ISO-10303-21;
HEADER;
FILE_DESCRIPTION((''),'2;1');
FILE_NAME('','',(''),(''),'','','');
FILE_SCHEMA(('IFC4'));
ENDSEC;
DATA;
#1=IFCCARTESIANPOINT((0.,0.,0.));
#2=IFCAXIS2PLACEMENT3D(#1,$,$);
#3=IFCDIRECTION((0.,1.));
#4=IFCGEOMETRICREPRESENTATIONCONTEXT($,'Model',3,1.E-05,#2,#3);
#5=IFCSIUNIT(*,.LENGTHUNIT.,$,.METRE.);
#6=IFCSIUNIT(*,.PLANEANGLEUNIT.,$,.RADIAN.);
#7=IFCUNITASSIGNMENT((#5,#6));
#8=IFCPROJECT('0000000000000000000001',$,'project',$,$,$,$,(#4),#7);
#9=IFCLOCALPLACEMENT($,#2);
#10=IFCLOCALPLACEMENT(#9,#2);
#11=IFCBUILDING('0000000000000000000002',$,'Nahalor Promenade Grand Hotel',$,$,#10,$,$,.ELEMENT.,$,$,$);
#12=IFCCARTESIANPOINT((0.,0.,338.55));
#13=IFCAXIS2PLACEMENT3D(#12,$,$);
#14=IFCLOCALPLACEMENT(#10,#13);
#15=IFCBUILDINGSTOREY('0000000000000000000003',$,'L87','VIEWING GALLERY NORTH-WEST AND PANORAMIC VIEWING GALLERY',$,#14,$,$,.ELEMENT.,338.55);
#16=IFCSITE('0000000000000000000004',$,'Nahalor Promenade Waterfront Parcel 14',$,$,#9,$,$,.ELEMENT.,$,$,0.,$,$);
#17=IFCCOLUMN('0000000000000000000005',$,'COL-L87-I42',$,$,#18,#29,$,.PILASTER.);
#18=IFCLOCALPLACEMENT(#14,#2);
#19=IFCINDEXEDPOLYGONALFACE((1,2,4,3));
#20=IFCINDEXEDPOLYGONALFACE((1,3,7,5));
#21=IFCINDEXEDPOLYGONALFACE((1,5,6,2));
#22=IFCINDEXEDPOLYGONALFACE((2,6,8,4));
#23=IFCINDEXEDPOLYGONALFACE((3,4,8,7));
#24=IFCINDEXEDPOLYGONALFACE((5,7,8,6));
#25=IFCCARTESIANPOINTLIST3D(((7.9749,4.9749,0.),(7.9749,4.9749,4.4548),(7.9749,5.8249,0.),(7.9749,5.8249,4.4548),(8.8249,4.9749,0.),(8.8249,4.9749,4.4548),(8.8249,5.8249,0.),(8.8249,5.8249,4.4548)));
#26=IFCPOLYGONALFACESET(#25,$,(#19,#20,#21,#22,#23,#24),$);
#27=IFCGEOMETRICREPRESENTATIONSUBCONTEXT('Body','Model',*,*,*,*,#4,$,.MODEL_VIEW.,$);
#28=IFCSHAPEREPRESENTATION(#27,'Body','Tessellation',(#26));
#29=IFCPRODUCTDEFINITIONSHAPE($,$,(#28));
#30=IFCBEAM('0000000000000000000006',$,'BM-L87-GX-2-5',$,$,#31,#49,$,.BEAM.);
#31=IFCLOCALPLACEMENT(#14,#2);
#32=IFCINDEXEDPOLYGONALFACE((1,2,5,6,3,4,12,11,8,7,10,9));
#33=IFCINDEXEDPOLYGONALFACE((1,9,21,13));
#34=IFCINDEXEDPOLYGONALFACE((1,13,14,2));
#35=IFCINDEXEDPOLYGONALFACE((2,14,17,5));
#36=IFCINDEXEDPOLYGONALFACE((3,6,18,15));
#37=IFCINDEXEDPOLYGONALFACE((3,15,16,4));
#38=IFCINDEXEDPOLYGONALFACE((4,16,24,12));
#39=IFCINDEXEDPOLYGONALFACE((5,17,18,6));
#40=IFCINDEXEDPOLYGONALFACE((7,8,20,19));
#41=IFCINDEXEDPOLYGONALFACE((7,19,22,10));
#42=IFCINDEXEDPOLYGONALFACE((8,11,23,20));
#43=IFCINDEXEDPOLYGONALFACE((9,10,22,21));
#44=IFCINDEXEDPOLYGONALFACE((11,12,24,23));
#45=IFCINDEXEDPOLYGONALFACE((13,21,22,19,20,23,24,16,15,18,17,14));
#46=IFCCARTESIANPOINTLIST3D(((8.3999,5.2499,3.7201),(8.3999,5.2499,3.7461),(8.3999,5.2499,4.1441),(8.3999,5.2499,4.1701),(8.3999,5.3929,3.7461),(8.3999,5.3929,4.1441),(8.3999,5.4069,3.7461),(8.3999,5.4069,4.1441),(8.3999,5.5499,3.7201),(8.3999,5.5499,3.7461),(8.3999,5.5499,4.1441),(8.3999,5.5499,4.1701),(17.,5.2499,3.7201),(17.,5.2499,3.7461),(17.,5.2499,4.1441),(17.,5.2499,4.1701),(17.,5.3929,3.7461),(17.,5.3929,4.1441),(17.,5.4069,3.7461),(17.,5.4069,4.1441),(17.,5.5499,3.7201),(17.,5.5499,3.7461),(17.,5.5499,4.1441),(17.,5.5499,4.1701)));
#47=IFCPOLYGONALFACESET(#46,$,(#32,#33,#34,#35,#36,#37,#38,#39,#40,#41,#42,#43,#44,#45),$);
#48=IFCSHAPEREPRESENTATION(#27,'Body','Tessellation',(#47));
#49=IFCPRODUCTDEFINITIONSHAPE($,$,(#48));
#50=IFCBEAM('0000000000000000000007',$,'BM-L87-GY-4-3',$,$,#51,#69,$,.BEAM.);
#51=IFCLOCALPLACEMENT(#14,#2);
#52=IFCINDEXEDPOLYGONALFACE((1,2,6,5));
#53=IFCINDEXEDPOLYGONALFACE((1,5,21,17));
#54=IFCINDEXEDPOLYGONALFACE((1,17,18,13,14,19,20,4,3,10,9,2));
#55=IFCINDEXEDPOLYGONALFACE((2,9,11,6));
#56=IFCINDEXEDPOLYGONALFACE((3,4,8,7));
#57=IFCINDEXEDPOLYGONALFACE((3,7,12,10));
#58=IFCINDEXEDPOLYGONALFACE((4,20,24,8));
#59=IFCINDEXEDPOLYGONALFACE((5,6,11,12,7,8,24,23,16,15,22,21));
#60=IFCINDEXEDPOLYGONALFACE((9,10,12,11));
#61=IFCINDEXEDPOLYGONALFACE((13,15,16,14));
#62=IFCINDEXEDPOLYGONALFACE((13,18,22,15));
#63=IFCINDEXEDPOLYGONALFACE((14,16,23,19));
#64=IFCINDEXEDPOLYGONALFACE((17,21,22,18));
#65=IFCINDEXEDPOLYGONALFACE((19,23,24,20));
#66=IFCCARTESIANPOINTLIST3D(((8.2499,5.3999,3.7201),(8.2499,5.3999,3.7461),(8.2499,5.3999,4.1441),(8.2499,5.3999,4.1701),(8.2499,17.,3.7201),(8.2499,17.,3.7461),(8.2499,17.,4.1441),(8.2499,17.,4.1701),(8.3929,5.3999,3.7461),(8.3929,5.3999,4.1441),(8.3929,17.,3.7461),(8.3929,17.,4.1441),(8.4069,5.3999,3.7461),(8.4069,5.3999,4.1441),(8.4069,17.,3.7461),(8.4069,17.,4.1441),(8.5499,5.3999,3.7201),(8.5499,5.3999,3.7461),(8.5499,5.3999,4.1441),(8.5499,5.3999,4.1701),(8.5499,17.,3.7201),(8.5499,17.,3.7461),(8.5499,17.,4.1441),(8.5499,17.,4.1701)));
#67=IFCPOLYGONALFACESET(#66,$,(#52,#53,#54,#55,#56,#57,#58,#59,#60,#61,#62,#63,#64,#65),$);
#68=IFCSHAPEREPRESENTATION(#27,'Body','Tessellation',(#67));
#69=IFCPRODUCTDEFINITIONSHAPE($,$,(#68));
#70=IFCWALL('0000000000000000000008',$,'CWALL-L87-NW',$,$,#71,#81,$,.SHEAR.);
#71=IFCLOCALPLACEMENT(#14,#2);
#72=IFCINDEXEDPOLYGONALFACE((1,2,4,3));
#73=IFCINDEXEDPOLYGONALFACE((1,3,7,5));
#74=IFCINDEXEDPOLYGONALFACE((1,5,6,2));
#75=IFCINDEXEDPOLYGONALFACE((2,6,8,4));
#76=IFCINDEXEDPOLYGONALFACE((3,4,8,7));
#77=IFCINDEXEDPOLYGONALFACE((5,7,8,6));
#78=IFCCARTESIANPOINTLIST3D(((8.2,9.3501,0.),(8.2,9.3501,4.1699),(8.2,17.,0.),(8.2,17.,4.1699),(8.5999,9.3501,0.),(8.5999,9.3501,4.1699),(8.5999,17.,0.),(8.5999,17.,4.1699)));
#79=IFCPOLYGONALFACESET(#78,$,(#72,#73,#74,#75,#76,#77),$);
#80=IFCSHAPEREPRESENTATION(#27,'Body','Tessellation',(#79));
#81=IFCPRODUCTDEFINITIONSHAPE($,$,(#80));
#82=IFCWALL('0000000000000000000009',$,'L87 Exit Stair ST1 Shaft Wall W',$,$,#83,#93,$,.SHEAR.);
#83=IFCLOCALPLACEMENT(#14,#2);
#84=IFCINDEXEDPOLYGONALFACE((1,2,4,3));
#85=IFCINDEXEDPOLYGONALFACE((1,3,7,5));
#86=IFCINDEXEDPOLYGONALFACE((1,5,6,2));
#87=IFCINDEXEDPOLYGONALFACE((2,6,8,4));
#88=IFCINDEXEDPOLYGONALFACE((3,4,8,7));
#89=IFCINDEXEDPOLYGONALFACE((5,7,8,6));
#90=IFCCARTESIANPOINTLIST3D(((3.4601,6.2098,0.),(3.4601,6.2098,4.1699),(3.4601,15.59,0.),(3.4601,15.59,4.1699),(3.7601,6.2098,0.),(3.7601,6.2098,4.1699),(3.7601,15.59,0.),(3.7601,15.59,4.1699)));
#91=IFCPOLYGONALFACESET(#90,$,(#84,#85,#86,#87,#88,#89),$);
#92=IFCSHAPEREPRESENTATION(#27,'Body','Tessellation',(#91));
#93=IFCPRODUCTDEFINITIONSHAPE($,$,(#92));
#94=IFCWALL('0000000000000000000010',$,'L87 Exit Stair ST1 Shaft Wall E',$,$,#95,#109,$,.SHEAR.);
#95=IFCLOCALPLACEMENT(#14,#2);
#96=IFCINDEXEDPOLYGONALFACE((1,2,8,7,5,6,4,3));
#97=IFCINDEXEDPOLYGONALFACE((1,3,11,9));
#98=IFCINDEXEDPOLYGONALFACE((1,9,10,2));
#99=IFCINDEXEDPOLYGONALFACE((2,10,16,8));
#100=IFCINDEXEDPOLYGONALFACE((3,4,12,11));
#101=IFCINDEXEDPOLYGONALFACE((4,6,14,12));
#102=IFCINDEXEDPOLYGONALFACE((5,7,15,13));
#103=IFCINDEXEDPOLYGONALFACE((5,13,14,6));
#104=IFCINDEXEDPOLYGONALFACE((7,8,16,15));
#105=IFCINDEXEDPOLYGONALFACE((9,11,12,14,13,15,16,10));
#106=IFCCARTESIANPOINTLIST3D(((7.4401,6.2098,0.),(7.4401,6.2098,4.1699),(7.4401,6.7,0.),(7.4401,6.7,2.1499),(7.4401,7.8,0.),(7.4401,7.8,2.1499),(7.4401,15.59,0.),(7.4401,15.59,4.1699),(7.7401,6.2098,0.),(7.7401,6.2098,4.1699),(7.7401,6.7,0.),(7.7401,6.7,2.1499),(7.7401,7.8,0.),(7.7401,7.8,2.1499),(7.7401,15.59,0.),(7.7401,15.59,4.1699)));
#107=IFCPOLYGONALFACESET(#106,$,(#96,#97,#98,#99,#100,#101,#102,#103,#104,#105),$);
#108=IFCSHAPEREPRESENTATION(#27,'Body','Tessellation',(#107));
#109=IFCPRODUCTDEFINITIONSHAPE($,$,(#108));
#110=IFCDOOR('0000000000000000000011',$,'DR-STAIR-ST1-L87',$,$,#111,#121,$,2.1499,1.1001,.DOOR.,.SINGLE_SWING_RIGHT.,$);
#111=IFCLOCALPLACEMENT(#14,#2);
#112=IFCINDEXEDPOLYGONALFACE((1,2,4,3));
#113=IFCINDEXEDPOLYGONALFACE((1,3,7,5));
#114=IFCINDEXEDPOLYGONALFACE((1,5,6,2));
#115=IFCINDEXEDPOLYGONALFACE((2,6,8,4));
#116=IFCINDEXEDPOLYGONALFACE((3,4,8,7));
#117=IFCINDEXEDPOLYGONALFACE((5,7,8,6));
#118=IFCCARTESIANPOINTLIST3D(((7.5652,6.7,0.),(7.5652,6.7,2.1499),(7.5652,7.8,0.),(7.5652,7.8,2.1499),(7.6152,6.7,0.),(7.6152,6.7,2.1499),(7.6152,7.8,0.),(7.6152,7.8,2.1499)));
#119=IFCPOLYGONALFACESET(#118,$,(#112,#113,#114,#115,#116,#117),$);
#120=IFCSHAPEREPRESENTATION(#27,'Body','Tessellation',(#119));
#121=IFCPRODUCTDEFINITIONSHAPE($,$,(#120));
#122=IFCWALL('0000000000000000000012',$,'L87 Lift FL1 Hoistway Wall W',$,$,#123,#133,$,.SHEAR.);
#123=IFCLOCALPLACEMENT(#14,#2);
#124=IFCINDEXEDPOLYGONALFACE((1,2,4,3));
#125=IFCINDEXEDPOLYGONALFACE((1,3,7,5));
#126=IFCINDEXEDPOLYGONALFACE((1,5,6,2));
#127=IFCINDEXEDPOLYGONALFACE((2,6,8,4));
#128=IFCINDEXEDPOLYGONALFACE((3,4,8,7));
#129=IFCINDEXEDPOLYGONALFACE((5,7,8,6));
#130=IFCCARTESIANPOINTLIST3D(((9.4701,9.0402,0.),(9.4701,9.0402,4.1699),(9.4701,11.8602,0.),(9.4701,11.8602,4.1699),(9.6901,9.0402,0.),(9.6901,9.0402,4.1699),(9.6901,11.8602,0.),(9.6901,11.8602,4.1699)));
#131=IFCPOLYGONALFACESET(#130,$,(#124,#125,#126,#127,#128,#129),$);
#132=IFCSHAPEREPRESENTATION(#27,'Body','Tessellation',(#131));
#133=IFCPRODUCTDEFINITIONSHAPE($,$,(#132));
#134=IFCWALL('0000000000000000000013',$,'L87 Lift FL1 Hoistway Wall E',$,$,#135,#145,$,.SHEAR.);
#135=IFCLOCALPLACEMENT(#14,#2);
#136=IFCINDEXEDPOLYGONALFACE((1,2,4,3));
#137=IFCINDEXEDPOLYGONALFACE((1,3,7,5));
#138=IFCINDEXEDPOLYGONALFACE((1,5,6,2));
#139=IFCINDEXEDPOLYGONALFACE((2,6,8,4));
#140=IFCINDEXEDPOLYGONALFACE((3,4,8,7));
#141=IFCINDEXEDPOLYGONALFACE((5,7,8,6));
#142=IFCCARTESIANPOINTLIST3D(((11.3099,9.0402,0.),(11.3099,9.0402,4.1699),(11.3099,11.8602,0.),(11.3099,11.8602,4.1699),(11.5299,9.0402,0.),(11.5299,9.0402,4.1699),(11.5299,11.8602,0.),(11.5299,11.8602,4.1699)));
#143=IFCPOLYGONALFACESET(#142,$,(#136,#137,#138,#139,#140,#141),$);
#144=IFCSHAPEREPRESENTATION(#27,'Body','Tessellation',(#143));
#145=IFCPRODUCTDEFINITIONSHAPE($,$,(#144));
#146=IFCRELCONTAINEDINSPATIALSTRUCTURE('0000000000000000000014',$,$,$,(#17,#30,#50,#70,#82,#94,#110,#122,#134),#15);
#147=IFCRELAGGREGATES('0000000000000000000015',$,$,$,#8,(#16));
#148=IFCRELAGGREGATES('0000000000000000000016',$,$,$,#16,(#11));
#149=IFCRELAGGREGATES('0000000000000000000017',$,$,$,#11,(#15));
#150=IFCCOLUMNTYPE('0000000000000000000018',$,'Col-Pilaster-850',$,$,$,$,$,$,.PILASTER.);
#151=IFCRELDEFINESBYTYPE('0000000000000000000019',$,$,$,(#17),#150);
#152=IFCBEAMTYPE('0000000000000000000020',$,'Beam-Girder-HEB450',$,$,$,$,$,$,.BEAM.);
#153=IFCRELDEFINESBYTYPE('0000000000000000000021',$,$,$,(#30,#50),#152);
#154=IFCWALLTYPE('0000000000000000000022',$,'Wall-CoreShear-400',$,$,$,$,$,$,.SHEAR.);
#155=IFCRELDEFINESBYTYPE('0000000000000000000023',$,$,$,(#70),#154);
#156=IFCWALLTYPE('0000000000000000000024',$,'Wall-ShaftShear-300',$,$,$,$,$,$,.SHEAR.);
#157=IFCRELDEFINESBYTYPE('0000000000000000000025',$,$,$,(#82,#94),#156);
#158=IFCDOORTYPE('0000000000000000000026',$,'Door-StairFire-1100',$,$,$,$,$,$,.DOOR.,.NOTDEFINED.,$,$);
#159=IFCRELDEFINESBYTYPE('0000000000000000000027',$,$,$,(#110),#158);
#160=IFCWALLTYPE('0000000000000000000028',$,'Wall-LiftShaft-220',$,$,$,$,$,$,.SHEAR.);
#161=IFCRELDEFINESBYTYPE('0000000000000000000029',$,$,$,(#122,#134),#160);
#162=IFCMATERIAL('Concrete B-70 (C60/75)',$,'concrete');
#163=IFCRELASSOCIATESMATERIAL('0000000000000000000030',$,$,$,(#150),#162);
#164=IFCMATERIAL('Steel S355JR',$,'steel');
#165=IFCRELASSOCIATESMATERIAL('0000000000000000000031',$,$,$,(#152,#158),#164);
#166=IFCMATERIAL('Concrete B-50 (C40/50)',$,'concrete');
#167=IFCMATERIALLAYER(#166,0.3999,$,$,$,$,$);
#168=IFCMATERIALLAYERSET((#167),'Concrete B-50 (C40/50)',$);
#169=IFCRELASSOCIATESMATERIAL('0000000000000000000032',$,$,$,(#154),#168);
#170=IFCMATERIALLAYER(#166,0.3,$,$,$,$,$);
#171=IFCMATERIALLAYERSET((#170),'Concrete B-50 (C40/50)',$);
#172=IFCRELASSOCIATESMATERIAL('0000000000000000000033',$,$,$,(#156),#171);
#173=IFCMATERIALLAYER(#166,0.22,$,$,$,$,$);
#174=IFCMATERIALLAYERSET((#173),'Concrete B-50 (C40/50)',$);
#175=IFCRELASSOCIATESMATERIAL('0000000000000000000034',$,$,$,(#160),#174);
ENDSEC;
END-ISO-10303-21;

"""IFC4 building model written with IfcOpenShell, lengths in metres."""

from ifc_helpers import new_model, si_unit, direction, frame, frame_2d, origin, origin_2d, place, context, subcontext, project, spatial, rectangle, i_section, extrude, source, transform, mapped, material, layer, layer_set, material_profile, profile_set, type_object, element, fill, save


model = new_model("IFC4")

# Units and contexts
model_context = context("Model", 3, precision=1e-05, world=origin(), true_north=direction((0.0, 1.0)))
body_context = subcontext(model_context, "Body", "Model", "MODEL_VIEW")
ifc_project = project(units=[si_unit("LENGTHUNIT", "METRE"), si_unit("PLANEANGLEUNIT", "RADIAN")], contexts=[model_context])

# Site, building, storey
site_placement = place(None, origin())
site = spatial("IfcSite", under=ifc_project, at=site_placement, Name="Nahalor Promenade Waterfront Parcel 14", CompositionType="ELEMENT", RefElevation=0.0)
building_placement = place(site_placement, origin())
building = spatial("IfcBuilding", under=site, at=building_placement, Name="Nahalor Promenade Grand Hotel", CompositionType="ELEMENT")
storey_placement = place(building_placement, frame((0.0, 0.0, 338.55)))
storey = spatial("IfcBuildingStorey", under=building, at=storey_placement, Name="L87", Description="VIEWING GALLERY NORTH-WEST AND PANORAMIC VIEWING GALLERY", CompositionType="ELEMENT", Elevation=338.55)

# Column
ifc_material_1 = material(Name="Concrete B-70 (C60/75)", Category="concrete")
ifc_material_profile_1 = material_profile(ifc_material_1, rectangle(XDim=0.85, YDim=0.85, at=origin_2d()), Name="RC 850x850")
ifc_profile_set_1 = profile_set([ifc_material_profile_1], Name="Concrete B-70 (C60/75)")
column_type = type_object("IfcColumnType", Name="Col-Pilaster-850", PredefinedType="PILASTER", material=ifc_profile_set_1)
shared_shape_1 = source(origin(), body_context, "Body", "SweptSolid", [
    extrude(rectangle(XDim=0.85, YDim=0.85, at=origin_2d()), origin(), (0.0, 0.0, 1.0), 4.4548),
])
column_placement = place(storey_placement, frame((8.3999, 5.3999, 0.0), z_axis=(0.0, 0.0, 1.0), x_axis=(1.0, 0.0, 0.0)))
element("IfcColumn", 1, at=column_placement, inside=storey, type_object=column_type, Name="COL-L87-I42", PredefinedType="PILASTER", context=body_context, shape_type="MappedRepresentation", body=[
    mapped(shared_shape_1, transform((0.0, 0.0, 0.0), scale=1.0)),
])

# Beams
ifc_material_2 = material(Name="Steel S355JR", Category="steel")
ifc_material_profile_2 = material_profile(ifc_material_2, i_section(OverallWidth=0.3, OverallDepth=0.45, WebThickness=0.014, FlangeThickness=0.026, at=origin_2d()), Name="HEB 450")
ifc_profile_set_2 = profile_set([ifc_material_profile_2], Name="Steel S355JR")
beam_type = type_object("IfcBeamType", Name="Beam-Girder-HEB450", PredefinedType="BEAM", material=ifc_profile_set_2)
shared_shape_2 = source(origin(), body_context, "Body", "SweptSolid", [
    extrude(i_section(OverallWidth=0.3, OverallDepth=0.45, WebThickness=0.014, FlangeThickness=0.026, at=origin_2d()), origin(), (0.0, 0.0, 1.0), 8.6001),
])
beam_1_placement = place(storey_placement, frame((8.3999, 5.3999, 3.9451), z_axis=(1.0, 0.0, 0.0), x_axis=(0.0, 1.0, 0.0)))
element("IfcBeam", 2, at=beam_1_placement, inside=storey, type_object=beam_type, Name="BM-L87-GX-2-5", PredefinedType="BEAM", context=body_context, shape_type="MappedRepresentation", body=[
    mapped(shared_shape_2, transform((0.0, 0.0, 0.0), scale=1.0)),
])
shared_shape_3 = source(origin(), body_context, "Body", "SweptSolid", [
    extrude(i_section(OverallWidth=0.3, OverallDepth=0.45, WebThickness=0.014, FlangeThickness=0.026, at=origin_2d()), origin(), (0.0, 0.0, 1.0), 11.6001),
])
beam_2_placement = place(storey_placement, frame((8.3999, 5.3999, 3.9451), z_axis=(0.0, 1.0, 0.0), x_axis=(-1.0, 0.0, 0.0)))
element("IfcBeam", 3, at=beam_2_placement, inside=storey, type_object=beam_type, Name="BM-L87-GY-4-3", PredefinedType="BEAM", context=body_context, shape_type="MappedRepresentation", body=[
    mapped(shared_shape_3, transform((0.0, 0.0, 0.0), scale=1.0)),
])

# Walls
ifc_material_3 = material(Name="Concrete B-50 (C40/50)", Category="concrete")
ifc_layer_1 = layer(ifc_material_3, 0.3999)
ifc_layer_set_1 = layer_set([ifc_layer_1], Name="Concrete B-50 (C40/50)")
wall_type_1 = type_object("IfcWallType", Name="Wall-CoreShear-400", PredefinedType="SHEAR", material=ifc_layer_set_1)
shared_shape_4 = source(origin(), body_context, "Body", "SweptSolid", [
    extrude(rectangle(XDim=7.6499, YDim=0.3999, at=frame_2d((3.825, 0.0))), origin(), (0.0, 0.0, 1.0), 4.1699),
])
wall_1_placement = place(storey_placement, frame((8.3999, 9.3501, 0.0), z_axis=(0.0, 0.0, 1.0), x_axis=(0.0, 1.0, 0.0)))
element("IfcWall", 4, at=wall_1_placement, inside=storey, type_object=wall_type_1, Name="CWALL-L87-NW", PredefinedType="SHEAR", context=body_context, shape_type="MappedRepresentation", body=[
    mapped(shared_shape_4, transform((0.0, 0.0, 0.0), scale=1.0)),
])
ifc_layer_2 = layer(ifc_material_3, 0.3)
ifc_layer_set_2 = layer_set([ifc_layer_2], Name="Concrete B-50 (C40/50)")
wall_type_2 = type_object("IfcWallType", Name="Wall-ShaftShear-300", PredefinedType="SHEAR", material=ifc_layer_set_2)
shared_shape_5 = source(origin(), body_context, "Body", "SweptSolid", [
    extrude(rectangle(XDim=9.3801, YDim=0.3, at=frame_2d((4.6899, 0.0))), origin(), (0.0, 0.0, 1.0), 4.1699),
])
wall_2_placement = place(storey_placement, frame((3.6101, 6.21, 0.0), z_axis=(0.0, 0.0, 1.0), x_axis=(0.0, 1.0, 0.0)))
element("IfcWall", 5, at=wall_2_placement, inside=storey, type_object=wall_type_2, Name="L87 Exit Stair ST1 Shaft Wall W", PredefinedType="SHEAR", context=body_context, shape_type="MappedRepresentation", body=[
    mapped(shared_shape_5, transform((0.0, 0.0, 0.0), scale=1.0)),
])

# Wall, opening, door
wall_3_placement = place(storey_placement, frame((7.5901, 6.21, 0.0), z_axis=(0.0, 0.0, 1.0), x_axis=(0.0, 1.0, 0.0)))
wall_3 = element("IfcWall", 6, at=wall_3_placement, inside=storey, type_object=wall_type_2, Name="L87 Exit Stair ST1 Shaft Wall E", PredefinedType="SHEAR", context=body_context, shape_type="MappedRepresentation", body=[
    mapped(shared_shape_5, transform((0.0, 0.0, 0.0), scale=1.0)),
])
opening_1_placement = place(wall_3_placement, frame((0.49, 0.0, 0.0)))
opening_1 = element("IfcOpeningElement", 7, at=opening_1_placement, cuts=wall_3, PredefinedType="OPENING", context=body_context, shape_type="SweptSolid", body=[
    extrude(rectangle(XDim=1.1001, YDim=2.1499, at=frame_2d((0.55, 1.075))), frame((0.0, 0.1599, 0.0), z_axis=(0.0, -1.0, 0.0), x_axis=(1.0, 0.0, 0.0)), (0.0, 0.0, 1.0), 0.3201),
])
door_type_1 = type_object("IfcDoorType", Name="Door-StairFire-1100", OperationType="NOTDEFINED", PredefinedType="DOOR", material=ifc_material_2)
shared_shape_6 = source(origin(), body_context, "Body", "SweptSolid", [
    extrude(rectangle(XDim=1.1001, YDim=2.1499, at=frame_2d((0.55, 1.075))), frame((0.0, 0.0249, 0.0), z_axis=(0.0, -1.0, 0.0), x_axis=(1.0, 0.0, 0.0)), (0.0, 0.0, 1.0), 0.05),
])
door_1_placement = place(opening_1_placement, origin())
door_1 = element("IfcDoor", 8, at=door_1_placement, inside=storey, type_object=door_type_1, Name="DR-STAIR-ST1-L87", OperationType="SINGLE_SWING_RIGHT", OverallHeight=2.1499, OverallWidth=1.1001, PredefinedType="DOOR", context=body_context, shape_type="MappedRepresentation", body=[
    mapped(shared_shape_6, transform((0.0, 0.0, 0.0), scale=1.0)),
])
fill(opening_1, door_1)

# Walls
ifc_layer_3 = layer(ifc_material_3, 0.22)
ifc_layer_set_3 = layer_set([ifc_layer_3], Name="Concrete B-50 (C40/50)")
wall_type_3 = type_object("IfcWallType", Name="Wall-LiftShaft-220", PredefinedType="SHEAR", material=ifc_layer_set_3)
shared_shape_7 = source(origin(), body_context, "Body", "SweptSolid", [
    extrude(rectangle(XDim=2.8201, YDim=0.22, at=frame_2d((1.4102, 0.0))), origin(), (0.0, 0.0, 1.0), 4.1699),
])
for number, where, z_axis, x_axis, name in (
    (9, (9.5801, 9.04, 0.0), (0.0, 0.0, 1.0), (0.0, 1.0, 0.0), "L87 Lift FL1 Hoistway Wall W"),
    (10, (11.4199, 9.04, 0.0), (0.0, 0.0, 1.0), (0.0, 1.0, 0.0), "L87 Lift FL1 Hoistway Wall E"),
):
    element("IfcWall", number, at=place(storey_placement, frame(where, z_axis=z_axis, x_axis=x_axis)), inside=storey, type_object=wall_type_3, Name=name, PredefinedType="SHEAR", context=body_context, shape_type="MappedRepresentation", body=[
        mapped(shared_shape_7, transform((0.0, 0.0, 0.0), scale=1.0)),
    ])

save(model, "model.ifc")
